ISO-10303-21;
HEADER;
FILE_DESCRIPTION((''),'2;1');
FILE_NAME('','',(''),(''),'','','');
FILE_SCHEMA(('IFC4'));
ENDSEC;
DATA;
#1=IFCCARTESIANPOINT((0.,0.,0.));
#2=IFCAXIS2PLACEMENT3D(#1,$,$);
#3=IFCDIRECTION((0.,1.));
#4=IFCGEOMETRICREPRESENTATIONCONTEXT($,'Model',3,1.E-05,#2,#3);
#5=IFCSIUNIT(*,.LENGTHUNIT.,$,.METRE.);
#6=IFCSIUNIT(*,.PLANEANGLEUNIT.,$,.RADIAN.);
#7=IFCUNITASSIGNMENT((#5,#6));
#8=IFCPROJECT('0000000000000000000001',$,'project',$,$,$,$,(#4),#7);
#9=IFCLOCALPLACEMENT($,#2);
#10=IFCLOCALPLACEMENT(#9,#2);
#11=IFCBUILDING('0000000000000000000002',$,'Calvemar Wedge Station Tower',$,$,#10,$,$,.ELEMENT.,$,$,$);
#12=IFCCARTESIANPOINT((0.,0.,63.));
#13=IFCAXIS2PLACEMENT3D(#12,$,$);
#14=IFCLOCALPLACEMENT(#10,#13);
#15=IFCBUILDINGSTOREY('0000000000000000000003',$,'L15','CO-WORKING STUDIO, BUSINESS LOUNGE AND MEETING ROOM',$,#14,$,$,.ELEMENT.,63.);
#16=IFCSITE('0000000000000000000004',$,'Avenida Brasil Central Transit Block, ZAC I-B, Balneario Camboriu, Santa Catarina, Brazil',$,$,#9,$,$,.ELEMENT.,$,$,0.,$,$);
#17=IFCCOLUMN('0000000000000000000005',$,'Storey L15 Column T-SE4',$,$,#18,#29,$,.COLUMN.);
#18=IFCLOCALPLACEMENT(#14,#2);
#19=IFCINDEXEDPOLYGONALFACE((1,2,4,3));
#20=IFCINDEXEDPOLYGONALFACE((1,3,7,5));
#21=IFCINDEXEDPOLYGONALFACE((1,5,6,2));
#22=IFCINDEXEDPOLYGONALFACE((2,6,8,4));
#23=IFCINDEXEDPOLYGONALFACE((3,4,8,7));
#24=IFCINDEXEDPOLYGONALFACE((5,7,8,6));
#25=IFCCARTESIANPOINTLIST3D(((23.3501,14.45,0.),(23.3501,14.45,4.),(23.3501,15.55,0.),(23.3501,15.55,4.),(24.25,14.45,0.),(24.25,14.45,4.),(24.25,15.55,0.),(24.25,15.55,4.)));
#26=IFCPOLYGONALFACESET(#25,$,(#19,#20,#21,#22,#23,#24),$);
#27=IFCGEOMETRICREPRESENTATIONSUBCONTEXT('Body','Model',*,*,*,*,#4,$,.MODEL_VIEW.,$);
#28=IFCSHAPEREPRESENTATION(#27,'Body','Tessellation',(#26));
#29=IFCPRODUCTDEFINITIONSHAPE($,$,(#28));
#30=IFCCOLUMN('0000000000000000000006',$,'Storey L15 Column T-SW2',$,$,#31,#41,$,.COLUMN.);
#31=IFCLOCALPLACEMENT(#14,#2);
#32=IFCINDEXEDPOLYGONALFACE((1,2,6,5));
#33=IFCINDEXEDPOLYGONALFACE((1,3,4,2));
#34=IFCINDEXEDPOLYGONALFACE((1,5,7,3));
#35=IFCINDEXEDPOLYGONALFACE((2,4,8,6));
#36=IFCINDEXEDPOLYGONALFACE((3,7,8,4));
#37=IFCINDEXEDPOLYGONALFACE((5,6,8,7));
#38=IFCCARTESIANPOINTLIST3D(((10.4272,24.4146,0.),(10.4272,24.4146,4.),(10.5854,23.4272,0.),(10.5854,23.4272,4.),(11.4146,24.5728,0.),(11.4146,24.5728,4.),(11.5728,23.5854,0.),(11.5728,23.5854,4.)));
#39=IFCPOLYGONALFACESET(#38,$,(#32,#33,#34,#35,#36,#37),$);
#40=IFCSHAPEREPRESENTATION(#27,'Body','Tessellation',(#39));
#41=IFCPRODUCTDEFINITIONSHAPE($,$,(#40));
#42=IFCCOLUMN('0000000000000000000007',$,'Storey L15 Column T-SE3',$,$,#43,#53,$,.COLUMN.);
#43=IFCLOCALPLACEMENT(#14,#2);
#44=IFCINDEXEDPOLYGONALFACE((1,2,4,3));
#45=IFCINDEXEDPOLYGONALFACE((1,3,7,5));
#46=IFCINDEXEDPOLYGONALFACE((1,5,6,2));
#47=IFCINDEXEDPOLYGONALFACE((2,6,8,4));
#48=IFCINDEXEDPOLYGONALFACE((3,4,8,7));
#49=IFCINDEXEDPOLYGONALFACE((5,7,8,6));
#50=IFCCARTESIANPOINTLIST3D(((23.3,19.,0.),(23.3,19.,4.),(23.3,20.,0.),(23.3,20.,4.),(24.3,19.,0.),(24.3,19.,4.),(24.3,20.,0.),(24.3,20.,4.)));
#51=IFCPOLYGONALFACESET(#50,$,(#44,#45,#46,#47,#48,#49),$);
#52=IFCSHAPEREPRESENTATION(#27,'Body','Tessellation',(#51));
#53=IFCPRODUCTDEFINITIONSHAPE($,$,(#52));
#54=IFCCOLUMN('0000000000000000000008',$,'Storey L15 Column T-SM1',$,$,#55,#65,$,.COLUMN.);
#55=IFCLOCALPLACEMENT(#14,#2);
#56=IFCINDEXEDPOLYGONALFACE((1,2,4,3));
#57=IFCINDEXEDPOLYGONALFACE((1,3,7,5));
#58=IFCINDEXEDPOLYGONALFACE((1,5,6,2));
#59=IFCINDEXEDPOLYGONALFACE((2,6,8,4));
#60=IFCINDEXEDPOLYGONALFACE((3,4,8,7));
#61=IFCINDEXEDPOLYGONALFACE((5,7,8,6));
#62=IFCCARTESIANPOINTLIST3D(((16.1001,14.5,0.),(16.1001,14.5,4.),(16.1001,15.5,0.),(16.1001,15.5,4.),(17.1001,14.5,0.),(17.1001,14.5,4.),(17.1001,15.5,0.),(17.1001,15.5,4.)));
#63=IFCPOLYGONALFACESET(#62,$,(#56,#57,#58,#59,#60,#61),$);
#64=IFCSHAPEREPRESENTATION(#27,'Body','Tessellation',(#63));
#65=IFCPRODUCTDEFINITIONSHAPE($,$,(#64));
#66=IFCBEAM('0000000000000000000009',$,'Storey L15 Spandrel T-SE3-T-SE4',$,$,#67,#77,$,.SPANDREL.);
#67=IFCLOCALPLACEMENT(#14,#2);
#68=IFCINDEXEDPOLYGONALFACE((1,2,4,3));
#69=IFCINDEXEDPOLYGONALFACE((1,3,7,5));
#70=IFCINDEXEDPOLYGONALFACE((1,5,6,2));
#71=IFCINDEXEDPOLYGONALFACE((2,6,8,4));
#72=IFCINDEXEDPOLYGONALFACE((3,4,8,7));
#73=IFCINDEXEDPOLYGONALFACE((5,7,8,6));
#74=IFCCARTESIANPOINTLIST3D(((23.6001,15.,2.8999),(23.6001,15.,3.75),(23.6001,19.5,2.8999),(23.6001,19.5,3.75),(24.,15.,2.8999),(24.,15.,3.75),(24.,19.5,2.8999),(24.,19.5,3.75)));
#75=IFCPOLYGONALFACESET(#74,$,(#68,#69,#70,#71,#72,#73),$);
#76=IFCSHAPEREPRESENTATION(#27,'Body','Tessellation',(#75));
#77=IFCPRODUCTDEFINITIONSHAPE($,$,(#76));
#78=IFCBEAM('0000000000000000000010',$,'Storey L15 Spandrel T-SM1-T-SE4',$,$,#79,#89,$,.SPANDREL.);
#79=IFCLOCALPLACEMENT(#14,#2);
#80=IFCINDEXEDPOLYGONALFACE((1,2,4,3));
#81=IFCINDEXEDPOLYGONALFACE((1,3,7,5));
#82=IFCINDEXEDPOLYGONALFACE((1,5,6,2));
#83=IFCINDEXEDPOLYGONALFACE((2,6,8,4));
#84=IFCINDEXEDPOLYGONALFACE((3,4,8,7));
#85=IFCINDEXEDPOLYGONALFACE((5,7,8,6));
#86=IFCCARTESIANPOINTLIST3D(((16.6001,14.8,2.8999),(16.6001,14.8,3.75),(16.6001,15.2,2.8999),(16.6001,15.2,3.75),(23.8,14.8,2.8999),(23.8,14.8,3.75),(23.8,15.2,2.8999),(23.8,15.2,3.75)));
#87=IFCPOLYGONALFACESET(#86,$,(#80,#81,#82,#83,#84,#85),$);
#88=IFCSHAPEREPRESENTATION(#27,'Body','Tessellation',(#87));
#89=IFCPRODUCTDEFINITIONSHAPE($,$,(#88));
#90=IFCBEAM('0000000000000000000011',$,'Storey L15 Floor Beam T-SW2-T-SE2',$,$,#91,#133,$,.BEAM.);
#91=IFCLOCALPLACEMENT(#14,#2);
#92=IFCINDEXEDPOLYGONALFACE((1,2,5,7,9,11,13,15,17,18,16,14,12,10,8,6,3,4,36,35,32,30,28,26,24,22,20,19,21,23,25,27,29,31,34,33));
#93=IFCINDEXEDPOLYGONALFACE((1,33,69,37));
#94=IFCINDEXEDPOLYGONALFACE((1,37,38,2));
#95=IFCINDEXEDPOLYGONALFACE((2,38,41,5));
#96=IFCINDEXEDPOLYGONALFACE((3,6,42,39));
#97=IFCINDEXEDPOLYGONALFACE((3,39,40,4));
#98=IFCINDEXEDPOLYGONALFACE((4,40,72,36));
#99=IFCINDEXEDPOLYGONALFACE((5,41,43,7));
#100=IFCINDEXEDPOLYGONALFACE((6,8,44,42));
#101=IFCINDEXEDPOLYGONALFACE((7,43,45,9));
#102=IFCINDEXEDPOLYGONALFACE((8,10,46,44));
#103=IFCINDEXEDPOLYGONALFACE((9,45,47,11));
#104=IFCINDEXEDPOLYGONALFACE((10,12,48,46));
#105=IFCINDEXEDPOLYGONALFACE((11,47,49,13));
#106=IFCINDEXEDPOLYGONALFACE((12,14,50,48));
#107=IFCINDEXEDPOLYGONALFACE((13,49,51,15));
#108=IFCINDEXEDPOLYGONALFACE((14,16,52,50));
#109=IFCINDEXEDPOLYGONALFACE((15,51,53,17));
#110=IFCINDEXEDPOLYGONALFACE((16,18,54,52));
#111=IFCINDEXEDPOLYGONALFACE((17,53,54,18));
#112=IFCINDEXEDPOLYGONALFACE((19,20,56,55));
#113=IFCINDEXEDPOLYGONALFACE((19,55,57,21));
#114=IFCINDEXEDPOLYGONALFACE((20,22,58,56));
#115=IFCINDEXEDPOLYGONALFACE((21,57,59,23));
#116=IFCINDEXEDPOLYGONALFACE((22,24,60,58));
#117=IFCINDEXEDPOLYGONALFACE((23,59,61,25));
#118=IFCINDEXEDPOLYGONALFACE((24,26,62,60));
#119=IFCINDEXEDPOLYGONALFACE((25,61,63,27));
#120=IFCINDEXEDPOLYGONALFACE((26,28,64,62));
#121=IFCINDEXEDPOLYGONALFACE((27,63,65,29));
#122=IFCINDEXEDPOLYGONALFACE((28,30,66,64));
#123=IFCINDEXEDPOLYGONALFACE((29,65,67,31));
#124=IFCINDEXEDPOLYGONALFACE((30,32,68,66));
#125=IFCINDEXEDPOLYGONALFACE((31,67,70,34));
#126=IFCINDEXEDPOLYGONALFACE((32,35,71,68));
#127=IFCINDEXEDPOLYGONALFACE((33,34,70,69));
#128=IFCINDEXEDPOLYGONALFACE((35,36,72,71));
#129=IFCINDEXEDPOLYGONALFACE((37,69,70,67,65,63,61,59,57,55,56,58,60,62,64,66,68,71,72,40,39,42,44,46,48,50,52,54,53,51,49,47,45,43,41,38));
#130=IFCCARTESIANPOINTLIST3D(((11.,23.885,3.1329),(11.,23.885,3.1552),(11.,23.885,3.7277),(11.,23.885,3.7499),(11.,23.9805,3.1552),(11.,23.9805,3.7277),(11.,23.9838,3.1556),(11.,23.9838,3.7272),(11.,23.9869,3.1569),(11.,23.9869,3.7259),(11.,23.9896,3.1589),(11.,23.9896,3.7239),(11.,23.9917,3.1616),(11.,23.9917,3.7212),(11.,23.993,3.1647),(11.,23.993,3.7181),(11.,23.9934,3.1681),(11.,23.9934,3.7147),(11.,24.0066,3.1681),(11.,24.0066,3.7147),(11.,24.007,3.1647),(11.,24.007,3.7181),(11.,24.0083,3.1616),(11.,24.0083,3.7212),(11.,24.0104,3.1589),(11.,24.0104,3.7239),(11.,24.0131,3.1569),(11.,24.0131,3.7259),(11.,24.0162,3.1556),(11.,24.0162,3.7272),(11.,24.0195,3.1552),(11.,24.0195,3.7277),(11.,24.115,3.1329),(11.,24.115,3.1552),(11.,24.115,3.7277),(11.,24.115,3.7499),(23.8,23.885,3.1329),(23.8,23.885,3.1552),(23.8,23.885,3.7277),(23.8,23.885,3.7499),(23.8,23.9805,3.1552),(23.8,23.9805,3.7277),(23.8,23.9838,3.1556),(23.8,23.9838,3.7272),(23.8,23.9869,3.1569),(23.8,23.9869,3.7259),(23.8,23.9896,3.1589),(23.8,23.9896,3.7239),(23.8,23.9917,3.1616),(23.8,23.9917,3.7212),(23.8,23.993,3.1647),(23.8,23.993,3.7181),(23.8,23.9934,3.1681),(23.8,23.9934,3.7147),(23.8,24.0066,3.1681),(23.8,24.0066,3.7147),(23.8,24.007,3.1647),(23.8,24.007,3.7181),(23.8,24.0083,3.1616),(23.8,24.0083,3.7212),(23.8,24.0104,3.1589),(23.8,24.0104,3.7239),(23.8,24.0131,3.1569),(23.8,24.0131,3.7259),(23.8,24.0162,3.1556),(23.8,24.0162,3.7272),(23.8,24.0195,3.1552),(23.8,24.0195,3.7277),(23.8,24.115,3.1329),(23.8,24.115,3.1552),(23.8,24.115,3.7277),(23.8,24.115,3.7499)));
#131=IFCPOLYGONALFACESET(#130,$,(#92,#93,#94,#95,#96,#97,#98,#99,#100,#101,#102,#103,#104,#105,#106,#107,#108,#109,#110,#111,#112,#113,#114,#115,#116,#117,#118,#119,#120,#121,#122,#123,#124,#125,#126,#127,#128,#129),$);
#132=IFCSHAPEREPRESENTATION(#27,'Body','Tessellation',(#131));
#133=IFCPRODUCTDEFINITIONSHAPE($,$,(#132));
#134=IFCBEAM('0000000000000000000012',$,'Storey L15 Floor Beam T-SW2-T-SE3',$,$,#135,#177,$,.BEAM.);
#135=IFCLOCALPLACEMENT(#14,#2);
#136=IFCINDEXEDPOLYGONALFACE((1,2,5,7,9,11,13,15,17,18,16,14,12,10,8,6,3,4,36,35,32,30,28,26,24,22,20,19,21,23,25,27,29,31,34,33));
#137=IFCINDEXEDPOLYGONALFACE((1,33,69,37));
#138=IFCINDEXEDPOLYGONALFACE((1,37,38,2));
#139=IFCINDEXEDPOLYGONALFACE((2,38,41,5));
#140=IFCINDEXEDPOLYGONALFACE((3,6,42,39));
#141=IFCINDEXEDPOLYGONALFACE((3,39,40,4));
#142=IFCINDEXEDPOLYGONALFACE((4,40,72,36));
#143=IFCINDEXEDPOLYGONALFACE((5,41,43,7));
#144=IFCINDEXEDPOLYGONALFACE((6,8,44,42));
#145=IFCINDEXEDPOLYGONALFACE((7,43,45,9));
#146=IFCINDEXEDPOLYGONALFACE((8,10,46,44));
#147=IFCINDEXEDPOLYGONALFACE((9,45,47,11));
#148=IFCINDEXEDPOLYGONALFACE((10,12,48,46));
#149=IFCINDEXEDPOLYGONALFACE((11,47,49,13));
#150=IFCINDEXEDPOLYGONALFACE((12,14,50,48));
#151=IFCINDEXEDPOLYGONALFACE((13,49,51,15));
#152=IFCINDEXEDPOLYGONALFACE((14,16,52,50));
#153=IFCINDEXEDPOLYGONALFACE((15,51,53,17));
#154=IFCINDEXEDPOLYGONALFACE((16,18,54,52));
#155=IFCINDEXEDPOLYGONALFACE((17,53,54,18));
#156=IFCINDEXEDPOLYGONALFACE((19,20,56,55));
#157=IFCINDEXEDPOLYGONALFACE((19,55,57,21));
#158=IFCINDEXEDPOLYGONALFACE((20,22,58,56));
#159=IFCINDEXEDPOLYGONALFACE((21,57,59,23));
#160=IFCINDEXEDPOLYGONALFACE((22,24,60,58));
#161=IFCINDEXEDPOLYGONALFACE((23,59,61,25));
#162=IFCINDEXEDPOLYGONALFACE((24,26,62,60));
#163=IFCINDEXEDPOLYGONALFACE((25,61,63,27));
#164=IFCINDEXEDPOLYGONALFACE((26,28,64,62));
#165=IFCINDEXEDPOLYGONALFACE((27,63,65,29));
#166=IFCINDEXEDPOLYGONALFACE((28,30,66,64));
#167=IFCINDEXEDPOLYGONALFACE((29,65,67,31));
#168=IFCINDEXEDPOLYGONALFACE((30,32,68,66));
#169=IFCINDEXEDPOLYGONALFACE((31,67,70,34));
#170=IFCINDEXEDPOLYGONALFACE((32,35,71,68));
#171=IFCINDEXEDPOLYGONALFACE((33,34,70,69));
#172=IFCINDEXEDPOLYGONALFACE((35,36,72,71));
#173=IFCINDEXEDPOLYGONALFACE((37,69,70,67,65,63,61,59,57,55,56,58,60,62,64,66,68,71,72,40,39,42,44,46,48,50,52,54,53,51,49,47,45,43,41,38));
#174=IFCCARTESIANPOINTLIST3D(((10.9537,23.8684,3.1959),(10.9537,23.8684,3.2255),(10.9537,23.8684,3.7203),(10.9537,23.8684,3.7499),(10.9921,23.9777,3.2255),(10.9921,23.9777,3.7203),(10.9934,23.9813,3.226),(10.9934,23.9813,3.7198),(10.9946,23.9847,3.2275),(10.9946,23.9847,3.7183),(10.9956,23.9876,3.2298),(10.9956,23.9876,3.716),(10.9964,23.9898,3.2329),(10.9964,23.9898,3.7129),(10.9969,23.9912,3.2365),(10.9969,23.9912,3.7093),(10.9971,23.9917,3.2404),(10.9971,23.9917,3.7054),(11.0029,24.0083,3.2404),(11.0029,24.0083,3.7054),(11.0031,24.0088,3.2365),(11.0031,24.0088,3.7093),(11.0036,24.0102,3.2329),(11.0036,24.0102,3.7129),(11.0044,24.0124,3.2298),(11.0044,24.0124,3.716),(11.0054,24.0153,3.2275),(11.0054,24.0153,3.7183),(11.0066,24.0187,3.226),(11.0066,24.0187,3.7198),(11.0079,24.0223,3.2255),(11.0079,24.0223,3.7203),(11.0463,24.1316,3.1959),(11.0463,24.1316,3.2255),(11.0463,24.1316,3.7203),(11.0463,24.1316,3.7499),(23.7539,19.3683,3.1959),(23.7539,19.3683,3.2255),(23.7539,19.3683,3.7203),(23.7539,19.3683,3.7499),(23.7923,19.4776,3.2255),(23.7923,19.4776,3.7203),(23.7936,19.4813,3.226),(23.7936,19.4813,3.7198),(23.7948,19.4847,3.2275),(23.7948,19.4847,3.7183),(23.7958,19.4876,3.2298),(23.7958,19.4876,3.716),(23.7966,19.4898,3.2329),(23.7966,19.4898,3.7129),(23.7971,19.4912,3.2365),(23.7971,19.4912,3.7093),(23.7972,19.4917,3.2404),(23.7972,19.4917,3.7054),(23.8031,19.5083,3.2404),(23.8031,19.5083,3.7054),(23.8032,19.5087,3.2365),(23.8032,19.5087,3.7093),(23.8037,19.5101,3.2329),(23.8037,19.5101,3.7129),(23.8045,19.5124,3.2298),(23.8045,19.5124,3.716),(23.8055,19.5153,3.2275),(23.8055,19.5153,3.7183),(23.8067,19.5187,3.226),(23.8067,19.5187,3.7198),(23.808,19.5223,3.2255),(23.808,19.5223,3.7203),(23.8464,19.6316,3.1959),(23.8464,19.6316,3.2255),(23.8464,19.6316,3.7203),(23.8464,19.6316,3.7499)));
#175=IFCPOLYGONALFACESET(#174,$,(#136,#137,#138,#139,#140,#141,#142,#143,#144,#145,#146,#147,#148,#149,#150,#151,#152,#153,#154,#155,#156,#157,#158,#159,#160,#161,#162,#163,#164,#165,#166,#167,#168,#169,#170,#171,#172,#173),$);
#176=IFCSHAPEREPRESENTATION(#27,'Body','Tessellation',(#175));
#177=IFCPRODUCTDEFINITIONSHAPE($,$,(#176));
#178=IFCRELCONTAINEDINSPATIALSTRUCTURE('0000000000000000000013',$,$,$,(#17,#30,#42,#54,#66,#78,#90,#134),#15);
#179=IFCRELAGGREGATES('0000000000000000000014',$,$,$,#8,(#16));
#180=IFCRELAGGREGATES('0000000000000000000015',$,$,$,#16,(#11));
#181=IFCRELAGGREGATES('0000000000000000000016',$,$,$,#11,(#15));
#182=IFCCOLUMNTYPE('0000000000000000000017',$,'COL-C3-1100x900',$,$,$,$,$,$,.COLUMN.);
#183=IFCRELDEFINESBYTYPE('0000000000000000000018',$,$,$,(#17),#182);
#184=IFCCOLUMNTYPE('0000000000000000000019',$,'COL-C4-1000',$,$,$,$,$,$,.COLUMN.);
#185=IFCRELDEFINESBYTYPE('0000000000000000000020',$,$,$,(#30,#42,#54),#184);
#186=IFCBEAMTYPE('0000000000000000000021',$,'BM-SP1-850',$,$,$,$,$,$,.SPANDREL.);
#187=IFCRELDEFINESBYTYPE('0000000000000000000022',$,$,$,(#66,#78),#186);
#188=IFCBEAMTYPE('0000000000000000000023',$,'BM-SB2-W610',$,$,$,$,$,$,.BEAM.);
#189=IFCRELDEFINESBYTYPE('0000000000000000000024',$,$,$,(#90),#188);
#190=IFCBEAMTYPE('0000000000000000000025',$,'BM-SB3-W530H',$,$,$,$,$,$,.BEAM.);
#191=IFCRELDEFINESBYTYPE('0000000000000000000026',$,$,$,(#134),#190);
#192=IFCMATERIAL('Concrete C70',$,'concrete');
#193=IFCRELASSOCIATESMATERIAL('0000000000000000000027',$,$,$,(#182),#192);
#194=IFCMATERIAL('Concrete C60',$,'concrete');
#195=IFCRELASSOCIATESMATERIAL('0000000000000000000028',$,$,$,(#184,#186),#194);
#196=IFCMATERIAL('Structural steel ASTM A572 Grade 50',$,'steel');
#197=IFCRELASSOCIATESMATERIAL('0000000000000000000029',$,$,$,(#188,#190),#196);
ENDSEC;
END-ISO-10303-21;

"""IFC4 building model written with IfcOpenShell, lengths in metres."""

from ifc_helpers import new_model, si_unit, direction, frame, origin, origin_2d, place, context, subcontext, project, spatial, rectangle, i_section, extrude, source, transform, mapped, material, material_profile, profile_set, type_object, element, save


model = new_model("IFC4")

# Units and contexts
model_context = context("Model", 3, precision=1e-05, world=origin(), true_north=direction((0.0, 1.0)))
body_context = subcontext(model_context, "Body", "Model", "MODEL_VIEW")
ifc_project = project(units=[si_unit("LENGTHUNIT", "METRE"), si_unit("PLANEANGLEUNIT", "RADIAN")], contexts=[model_context])

# Site, building, storey
site_placement = place(None, origin())
site = spatial("IfcSite", under=ifc_project, at=site_placement, Name="Avenida Brasil Central Transit Block, ZAC I-B, Balneario Camboriu, Santa Catarina, Brazil", CompositionType="ELEMENT", RefElevation=0.0)
building_placement = place(site_placement, origin())
building = spatial("IfcBuilding", under=site, at=building_placement, Name="Calvemar Wedge Station Tower", CompositionType="ELEMENT")
storey_placement = place(building_placement, frame((0.0, 0.0, 63.0)))
storey = spatial("IfcBuildingStorey", under=building, at=storey_placement, Name="L15", Description="CO-WORKING STUDIO, BUSINESS LOUNGE AND MEETING ROOM", CompositionType="ELEMENT", Elevation=63.0)

# Columns
ifc_material_1 = material(Name="Concrete C70", Category="concrete")
ifc_material_profile_1 = material_profile(ifc_material_1, rectangle(XDim=0.8999, YDim=1.1001, at=origin_2d()), Name="RC1100x900")
ifc_profile_set_1 = profile_set([ifc_material_profile_1], Name="Concrete C70")
column_type_1 = type_object("IfcColumnType", Name="COL-C3-1100x900", PredefinedType="COLUMN", material=ifc_profile_set_1)
shared_shape_1 = source(origin(), body_context, "Body", "SweptSolid", [
    extrude(rectangle(XDim=0.8999, YDim=1.1001, at=origin_2d()), origin(), (0.0, 0.0, 1.0), 4.0),
])
column_placement = place(storey_placement, frame((23.8, 15.0, 0.0), z_axis=(0.0, 0.0, 1.0), x_axis=(1.0, 0.0, 0.0)))
element("IfcColumn", 1, at=column_placement, inside=storey, type_object=column_type_1, Name="Storey L15 Column T-SE4", PredefinedType="COLUMN", context=body_context, shape_type="MappedRepresentation", body=[
    mapped(shared_shape_1, transform((0.0, 0.0, 0.0), scale=1.0)),
])
ifc_material_2 = material(Name="Concrete C60", Category="concrete")
ifc_material_profile_2 = material_profile(ifc_material_2, rectangle(XDim=1.0, YDim=1.0, at=origin_2d()), Name="RC1000x1000")
ifc_profile_set_2 = profile_set([ifc_material_profile_2], Name="Concrete C60")
column_type_2 = type_object("IfcColumnType", Name="COL-C4-1000", PredefinedType="COLUMN", material=ifc_profile_set_2)
shared_shape_2 = source(origin(), body_context, "Body", "SweptSolid", [
    extrude(rectangle(XDim=1.0, YDim=1.0, at=origin_2d()), origin(), (0.0, 0.0, 1.0), 4.0),
])
for number, where, z_axis, x_axis, name in (
    (2, (11.0, 24.0, 0.0), (0.0, 0.0, 1.0), (0.158158, -0.987414, 0.0), "Storey L15 Column T-SW2"),
    (3, (23.8, 19.5, 0.0), (0.0, 0.0, 1.0), (1.0, 0.0, 0.0), "Storey L15 Column T-SE3"),
    (4, (16.6001, 15.0, 0.0), (0.0, 0.0, 1.0), (1.0, 0.0, 0.0), "Storey L15 Column T-SM1"),
):
    element("IfcColumn", number, at=place(storey_placement, frame(where, z_axis=z_axis, x_axis=x_axis)), inside=storey, type_object=column_type_2, Name=name, PredefinedType="COLUMN", context=body_context, shape_type="MappedRepresentation", body=[
        mapped(shared_shape_2, transform((0.0, 0.0, 0.0), scale=1.0)),
    ])

# Beams
ifc_material_profile_3 = material_profile(ifc_material_2, rectangle(XDim=0.3999, YDim=0.8501, at=origin_2d()), Name="RC400x850")
ifc_profile_set_3 = profile_set([ifc_material_profile_3], Name="Concrete C60")
beam_type_1 = type_object("IfcBeamType", Name="BM-SP1-850", PredefinedType="SPANDREL", material=ifc_profile_set_3)
shared_shape_3 = source(origin(), body_context, "Body", "SweptSolid", [
    extrude(rectangle(XDim=0.3999, YDim=0.8501, at=origin_2d()), origin(), (0.0, 0.0, 1.0), 4.5),
])
beam_1_placement = place(storey_placement, frame((23.8, 19.5, 3.325), z_axis=(0.0, -1.0, 0.0), x_axis=(1.0, 0.0, 0.0)))
element("IfcBeam", 5, at=beam_1_placement, inside=storey, type_object=beam_type_1, Name="Storey L15 Spandrel T-SE3-T-SE4", PredefinedType="SPANDREL", context=body_context, shape_type="MappedRepresentation", body=[
    mapped(shared_shape_3, transform((0.0, 0.0, 0.0), scale=1.0)),
])
shared_shape_4 = source(origin(), body_context, "Body", "SweptSolid", [
    extrude(rectangle(XDim=0.3999, YDim=0.8501, at=origin_2d()), origin(), (0.0, 0.0, 1.0), 7.2),
])
beam_2_placement = place(storey_placement, frame((16.6001, 15.0, 3.325), z_axis=(1.0, 0.0, 0.0), x_axis=(0.0, 1.0, 0.0)))
element("IfcBeam", 6, at=beam_2_placement, inside=storey, type_object=beam_type_1, Name="Storey L15 Spandrel T-SM1-T-SE4", PredefinedType="SPANDREL", context=body_context, shape_type="MappedRepresentation", body=[
    mapped(shared_shape_4, transform((0.0, 0.0, 0.0), scale=1.0)),
])
ifc_material_3 = material(Name="Structural steel ASTM A572 Grade 50", Category="steel")
ifc_material_profile_4 = material_profile(ifc_material_3, i_section(OverallWidth=0.23, OverallDepth=0.6169, WebThickness=0.0132, FlangeThickness=0.0222, FilletRadius=0.0129, at=origin_2d()), Name="W610x140")
ifc_profile_set_4 = profile_set([ifc_material_profile_4], Name="Structural steel ASTM A572 Grade 50")
beam_type_2 = type_object("IfcBeamType", Name="BM-SB2-W610", PredefinedType="BEAM", material=ifc_profile_set_4)
shared_shape_5 = source(origin(), body_context, "Body", "SweptSolid", [
    extrude(i_section(OverallWidth=0.23, OverallDepth=0.6169, WebThickness=0.0132, FlangeThickness=0.0222, FilletRadius=0.0129, at=origin_2d()), origin(), (0.0, 0.0, 1.0), 12.8),
])
beam_3_placement = place(storey_placement, frame((11.0, 24.0, 3.4414), z_axis=(1.0, 0.0, 0.0), x_axis=(0.0, 1.0, 0.0)))
element("IfcBeam", 7, at=beam_3_placement, inside=storey, type_object=beam_type_2, Name="Storey L15 Floor Beam T-SW2-T-SE2", PredefinedType="BEAM", context=body_context, shape_type="MappedRepresentation", body=[
    mapped(shared_shape_5, transform((0.0, 0.0, 0.0), scale=1.0)),
])
ifc_material_profile_5 = material_profile(ifc_material_3, i_section(OverallWidth=0.2791, OverallDepth=0.554, WebThickness=0.0176, FlangeThickness=0.0295, FilletRadius=0.0149, at=origin_2d()), Name="W530x196")
ifc_profile_set_5 = profile_set([ifc_material_profile_5], Name="Structural steel ASTM A572 Grade 50")
beam_type_3 = type_object("IfcBeamType", Name="BM-SB3-W530H", PredefinedType="BEAM", material=ifc_profile_set_5)
shared_shape_6 = source(origin(), body_context, "Body", "SweptSolid", [
    extrude(i_section(OverallWidth=0.2791, OverallDepth=0.554, WebThickness=0.0176, FlangeThickness=0.0295, FilletRadius=0.0149, at=origin_2d()), origin(), (0.0, 0.0, 1.0), 13.5681),
])
beam_4_placement = place(storey_placement, frame((11.0, 24.0, 3.4729), z_axis=(0.943398, -0.331662, 0.0), x_axis=(0.331662, 0.943398, 0.0)))
element("IfcBeam", 8, at=beam_4_placement, inside=storey, type_object=beam_type_3, Name="Storey L15 Floor Beam T-SW2-T-SE3", PredefinedType="BEAM", context=body_context, shape_type="MappedRepresentation", body=[
    mapped(shared_shape_6, transform((0.0, 0.0, 0.0), scale=1.0)),
])

save(model, "model.ifc")
